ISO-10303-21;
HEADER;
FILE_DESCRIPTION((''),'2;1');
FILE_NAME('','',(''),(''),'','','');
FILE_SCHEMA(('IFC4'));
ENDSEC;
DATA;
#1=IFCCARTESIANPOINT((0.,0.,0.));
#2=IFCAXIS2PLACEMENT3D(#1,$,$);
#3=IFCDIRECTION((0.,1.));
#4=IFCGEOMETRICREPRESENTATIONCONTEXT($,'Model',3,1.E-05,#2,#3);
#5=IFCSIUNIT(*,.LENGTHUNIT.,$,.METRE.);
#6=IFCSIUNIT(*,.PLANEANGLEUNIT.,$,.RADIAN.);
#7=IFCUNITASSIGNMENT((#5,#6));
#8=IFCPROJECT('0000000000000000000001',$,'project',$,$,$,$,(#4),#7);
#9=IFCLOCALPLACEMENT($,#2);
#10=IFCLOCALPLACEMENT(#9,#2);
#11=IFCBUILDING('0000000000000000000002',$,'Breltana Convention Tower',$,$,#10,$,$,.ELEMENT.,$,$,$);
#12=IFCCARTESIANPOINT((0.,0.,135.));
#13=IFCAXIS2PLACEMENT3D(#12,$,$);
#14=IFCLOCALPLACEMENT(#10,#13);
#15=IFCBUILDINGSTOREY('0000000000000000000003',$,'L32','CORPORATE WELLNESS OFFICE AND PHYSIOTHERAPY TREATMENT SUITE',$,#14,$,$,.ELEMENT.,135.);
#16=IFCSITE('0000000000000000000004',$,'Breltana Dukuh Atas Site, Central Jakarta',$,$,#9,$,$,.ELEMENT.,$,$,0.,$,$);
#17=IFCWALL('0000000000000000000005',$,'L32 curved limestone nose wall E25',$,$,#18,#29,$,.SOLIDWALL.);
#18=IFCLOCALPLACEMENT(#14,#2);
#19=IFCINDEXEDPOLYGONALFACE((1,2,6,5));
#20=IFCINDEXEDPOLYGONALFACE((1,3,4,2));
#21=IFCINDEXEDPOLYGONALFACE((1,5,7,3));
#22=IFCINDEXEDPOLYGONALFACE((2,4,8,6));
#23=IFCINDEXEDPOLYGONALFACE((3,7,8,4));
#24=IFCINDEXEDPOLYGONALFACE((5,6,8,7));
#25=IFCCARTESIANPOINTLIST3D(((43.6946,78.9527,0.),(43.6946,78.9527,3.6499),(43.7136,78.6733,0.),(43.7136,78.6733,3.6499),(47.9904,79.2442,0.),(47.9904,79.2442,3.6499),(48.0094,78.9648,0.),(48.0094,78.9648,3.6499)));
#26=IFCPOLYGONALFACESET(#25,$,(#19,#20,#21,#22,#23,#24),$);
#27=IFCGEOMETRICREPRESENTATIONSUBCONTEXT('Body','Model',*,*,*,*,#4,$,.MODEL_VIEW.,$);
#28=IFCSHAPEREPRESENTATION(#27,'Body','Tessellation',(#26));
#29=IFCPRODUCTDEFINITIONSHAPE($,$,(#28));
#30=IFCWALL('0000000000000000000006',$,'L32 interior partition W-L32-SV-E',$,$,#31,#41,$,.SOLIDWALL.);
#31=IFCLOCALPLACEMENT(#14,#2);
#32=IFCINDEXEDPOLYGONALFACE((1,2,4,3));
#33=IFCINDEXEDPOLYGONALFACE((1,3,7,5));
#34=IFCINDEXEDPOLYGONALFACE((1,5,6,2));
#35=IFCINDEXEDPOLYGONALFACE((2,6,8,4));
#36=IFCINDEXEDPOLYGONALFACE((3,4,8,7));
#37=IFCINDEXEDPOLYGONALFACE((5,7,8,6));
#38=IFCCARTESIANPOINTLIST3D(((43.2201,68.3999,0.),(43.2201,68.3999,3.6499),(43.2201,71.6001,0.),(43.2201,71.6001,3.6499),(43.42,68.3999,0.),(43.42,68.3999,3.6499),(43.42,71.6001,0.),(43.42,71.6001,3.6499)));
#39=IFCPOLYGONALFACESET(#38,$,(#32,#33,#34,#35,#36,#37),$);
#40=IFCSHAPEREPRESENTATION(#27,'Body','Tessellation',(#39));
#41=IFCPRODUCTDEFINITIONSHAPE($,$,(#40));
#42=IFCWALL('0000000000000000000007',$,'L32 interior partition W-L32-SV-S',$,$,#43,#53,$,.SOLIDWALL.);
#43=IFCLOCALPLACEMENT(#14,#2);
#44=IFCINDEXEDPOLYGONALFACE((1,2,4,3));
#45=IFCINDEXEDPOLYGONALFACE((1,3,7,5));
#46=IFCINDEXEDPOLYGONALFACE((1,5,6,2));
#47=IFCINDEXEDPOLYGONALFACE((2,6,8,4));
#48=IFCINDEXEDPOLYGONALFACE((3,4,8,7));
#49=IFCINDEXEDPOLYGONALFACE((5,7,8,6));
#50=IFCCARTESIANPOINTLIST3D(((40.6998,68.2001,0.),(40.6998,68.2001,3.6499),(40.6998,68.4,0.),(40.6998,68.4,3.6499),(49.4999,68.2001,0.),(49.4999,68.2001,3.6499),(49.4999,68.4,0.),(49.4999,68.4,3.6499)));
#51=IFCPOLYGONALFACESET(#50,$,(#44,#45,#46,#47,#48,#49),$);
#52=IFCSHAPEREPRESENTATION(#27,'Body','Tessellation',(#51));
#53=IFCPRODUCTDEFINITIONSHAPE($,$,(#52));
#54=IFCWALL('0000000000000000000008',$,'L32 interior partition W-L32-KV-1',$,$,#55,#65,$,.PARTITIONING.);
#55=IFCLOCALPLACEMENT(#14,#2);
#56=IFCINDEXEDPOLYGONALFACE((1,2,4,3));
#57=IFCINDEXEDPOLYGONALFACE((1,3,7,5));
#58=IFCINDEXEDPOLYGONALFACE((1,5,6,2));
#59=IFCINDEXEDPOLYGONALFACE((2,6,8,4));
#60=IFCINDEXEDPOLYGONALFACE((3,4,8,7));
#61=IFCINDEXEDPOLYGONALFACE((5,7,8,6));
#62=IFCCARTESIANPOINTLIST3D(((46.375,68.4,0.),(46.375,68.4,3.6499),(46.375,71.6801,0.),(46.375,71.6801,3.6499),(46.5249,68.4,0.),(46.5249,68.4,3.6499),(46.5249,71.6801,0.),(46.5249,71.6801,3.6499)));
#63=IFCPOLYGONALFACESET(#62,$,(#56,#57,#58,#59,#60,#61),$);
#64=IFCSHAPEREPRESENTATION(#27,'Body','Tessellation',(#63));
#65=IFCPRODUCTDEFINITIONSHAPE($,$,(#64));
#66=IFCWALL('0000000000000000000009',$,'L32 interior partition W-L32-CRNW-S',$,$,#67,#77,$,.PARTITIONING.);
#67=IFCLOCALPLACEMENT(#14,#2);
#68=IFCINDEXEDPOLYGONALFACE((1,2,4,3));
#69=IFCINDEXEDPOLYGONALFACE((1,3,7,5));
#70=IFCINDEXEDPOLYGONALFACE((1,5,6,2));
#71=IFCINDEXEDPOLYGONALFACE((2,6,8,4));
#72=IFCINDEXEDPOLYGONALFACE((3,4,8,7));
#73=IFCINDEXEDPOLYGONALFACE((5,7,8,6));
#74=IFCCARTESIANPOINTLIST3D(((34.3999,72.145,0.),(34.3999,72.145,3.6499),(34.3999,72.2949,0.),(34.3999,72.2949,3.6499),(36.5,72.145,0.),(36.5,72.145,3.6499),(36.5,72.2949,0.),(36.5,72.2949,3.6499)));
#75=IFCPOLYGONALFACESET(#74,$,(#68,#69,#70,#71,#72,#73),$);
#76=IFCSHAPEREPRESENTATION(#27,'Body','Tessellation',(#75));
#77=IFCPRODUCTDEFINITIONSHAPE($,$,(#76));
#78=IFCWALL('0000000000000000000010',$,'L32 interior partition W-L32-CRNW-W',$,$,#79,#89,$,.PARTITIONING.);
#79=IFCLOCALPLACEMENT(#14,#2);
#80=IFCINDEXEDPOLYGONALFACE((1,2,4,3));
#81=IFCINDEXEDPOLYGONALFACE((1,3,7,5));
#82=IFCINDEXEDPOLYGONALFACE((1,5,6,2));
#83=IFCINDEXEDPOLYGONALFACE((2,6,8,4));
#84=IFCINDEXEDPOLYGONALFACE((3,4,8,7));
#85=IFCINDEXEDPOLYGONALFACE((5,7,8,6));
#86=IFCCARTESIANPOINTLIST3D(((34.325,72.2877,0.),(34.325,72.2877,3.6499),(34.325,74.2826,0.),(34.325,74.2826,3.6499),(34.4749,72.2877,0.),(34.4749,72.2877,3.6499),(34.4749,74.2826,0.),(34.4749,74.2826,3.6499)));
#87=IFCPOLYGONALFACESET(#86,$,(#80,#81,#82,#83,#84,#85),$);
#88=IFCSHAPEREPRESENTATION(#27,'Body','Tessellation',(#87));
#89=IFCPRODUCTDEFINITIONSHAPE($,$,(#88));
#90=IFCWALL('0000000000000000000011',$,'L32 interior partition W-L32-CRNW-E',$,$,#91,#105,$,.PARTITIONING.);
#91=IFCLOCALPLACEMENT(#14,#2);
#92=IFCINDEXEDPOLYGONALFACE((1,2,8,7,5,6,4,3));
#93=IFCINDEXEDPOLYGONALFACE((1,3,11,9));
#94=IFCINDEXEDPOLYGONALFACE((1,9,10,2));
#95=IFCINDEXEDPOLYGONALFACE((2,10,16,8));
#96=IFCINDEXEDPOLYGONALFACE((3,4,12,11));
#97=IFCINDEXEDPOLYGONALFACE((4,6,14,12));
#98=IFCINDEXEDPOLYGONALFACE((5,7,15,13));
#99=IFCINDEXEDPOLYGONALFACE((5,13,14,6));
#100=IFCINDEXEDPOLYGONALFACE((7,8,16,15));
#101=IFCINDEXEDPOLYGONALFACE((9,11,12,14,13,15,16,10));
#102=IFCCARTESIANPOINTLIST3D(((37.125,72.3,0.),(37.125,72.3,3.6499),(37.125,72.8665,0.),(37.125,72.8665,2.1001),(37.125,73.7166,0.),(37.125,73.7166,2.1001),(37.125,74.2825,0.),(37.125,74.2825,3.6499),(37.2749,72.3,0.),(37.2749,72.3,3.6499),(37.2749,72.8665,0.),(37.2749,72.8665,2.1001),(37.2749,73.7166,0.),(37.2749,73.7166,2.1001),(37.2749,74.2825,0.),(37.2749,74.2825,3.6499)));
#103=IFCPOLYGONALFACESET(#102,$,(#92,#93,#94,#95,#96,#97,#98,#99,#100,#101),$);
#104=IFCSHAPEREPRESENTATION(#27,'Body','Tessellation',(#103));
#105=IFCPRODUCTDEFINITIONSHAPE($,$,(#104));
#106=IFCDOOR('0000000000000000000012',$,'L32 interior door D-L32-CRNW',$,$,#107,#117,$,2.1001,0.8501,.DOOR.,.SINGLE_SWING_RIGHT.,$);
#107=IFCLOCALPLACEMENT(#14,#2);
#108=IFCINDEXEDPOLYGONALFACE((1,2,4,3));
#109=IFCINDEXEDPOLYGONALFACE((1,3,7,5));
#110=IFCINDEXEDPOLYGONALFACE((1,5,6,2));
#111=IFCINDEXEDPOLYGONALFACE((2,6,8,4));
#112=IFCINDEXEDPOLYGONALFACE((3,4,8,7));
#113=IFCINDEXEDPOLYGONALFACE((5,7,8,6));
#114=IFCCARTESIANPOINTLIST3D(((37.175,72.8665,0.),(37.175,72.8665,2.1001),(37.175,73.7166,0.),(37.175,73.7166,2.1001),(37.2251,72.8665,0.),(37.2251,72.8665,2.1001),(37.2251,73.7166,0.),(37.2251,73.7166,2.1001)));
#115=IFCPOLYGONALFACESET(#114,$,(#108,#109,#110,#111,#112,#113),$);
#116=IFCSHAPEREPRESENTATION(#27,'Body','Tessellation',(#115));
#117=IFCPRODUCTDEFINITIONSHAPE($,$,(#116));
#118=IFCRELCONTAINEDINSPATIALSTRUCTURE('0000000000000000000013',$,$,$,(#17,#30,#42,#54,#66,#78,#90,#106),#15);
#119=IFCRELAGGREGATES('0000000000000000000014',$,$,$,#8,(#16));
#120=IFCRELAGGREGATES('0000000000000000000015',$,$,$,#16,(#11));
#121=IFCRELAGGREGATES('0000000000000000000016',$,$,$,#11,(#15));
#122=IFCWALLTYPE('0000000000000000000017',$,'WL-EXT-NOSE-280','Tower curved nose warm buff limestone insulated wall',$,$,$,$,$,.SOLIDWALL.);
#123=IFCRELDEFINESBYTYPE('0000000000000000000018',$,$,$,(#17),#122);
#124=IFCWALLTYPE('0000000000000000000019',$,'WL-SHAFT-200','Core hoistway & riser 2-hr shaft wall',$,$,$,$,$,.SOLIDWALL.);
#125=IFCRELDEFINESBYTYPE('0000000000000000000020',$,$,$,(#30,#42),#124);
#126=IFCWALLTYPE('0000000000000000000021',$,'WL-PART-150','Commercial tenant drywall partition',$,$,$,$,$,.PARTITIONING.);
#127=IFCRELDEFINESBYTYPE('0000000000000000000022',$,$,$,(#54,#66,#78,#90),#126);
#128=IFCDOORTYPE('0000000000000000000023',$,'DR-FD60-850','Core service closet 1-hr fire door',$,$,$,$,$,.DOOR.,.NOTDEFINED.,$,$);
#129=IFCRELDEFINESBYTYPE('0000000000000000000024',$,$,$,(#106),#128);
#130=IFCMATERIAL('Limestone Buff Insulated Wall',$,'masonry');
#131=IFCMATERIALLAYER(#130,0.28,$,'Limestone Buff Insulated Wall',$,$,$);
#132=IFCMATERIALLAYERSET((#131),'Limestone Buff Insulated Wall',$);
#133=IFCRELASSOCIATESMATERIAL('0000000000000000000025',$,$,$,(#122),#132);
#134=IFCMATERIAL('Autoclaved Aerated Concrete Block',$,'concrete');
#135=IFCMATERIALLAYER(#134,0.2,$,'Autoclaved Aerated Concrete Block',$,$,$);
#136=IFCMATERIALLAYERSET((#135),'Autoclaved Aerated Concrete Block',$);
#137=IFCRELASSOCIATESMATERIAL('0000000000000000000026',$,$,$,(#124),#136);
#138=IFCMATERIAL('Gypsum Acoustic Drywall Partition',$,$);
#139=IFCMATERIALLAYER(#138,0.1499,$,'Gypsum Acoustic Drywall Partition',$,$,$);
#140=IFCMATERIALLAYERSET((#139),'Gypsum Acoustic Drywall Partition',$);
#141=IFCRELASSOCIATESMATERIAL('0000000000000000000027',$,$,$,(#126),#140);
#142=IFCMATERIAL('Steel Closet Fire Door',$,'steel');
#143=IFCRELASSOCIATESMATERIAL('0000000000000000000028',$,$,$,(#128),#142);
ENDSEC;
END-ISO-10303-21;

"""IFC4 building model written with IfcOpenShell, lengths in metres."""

from ifc_helpers import new_model, si_unit, direction, frame, frame_2d, origin, place, context, subcontext, project, spatial, rectangle, extrude, source, transform, mapped, material, layer, layer_set, type_object, type_shapes, element, fill, save


model = new_model("IFC4")

# Units and contexts
model_context = context("Model", 3, precision=1e-05, world=origin(), true_north=direction((0.0, 1.0)))
body_context = subcontext(model_context, "Body", "Model", "MODEL_VIEW")
ifc_project = project(units=[si_unit("LENGTHUNIT", "METRE"), si_unit("PLANEANGLEUNIT", "RADIAN")], contexts=[model_context])

# Site, building, storey
site_placement = place(None, origin())
site = spatial("IfcSite", under=ifc_project, at=site_placement, Name="Breltana Dukuh Atas Site, Central Jakarta", CompositionType="ELEMENT", RefElevation=0.0)
building_placement = place(site_placement, origin())
building = spatial("IfcBuilding", under=site, at=building_placement, Name="Breltana Convention Tower", CompositionType="ELEMENT")
storey_placement = place(building_placement, frame((0.0, 0.0, 135.0)))
storey = spatial("IfcBuildingStorey", under=building, at=storey_placement, Name="L32", Description="CORPORATE WELLNESS OFFICE AND PHYSIOTHERAPY TREATMENT SUITE", CompositionType="ELEMENT", Elevation=135.0)

# Walls
ifc_material_1 = material(Name="Limestone Buff Insulated Wall", Category="masonry")
ifc_layer_1 = layer(ifc_material_1, 0.28, Name="Limestone Buff Insulated Wall")
ifc_layer_set_1 = layer_set([ifc_layer_1], Name="Limestone Buff Insulated Wall")
wall_type_1 = type_object("IfcWallType", Name="WL-EXT-NOSE-280", Description="Tower curved nose warm buff limestone insulated wall", PredefinedType="SOLIDWALL", material=ifc_layer_set_1)
shared_shape_1 = source(origin(), body_context, "Body", "SweptSolid", [
    extrude(rectangle(XDim=4.3057, YDim=0.28, at=frame_2d((2.1528, 0.0))), origin(), (0.0, 0.0, 1.0), 3.6499),
])
wall_1_placement = place(storey_placement, frame((43.7041, 78.813, 0.0), z_axis=(0.0, 0.0, 1.0), x_axis=(0.997706, 0.067701, 0.0)))
element("IfcWall", 1, at=wall_1_placement, inside=storey, type_object=wall_type_1, Name="L32 curved limestone nose wall E25", PredefinedType="SOLIDWALL", context=body_context, shape_type="MappedRepresentation", body=[
    mapped(shared_shape_1, transform((0.0, 0.0, 0.0), scale=1.0)),
])
ifc_material_2 = material(Name="Autoclaved Aerated Concrete Block", Category="concrete")
ifc_layer_2 = layer(ifc_material_2, 0.2, Name="Autoclaved Aerated Concrete Block")
ifc_layer_set_2 = layer_set([ifc_layer_2], Name="Autoclaved Aerated Concrete Block")
wall_type_2 = type_object("IfcWallType", Name="WL-SHAFT-200", Description="Core hoistway & riser 2-hr shaft wall", PredefinedType="SOLIDWALL", material=ifc_layer_set_2)
shared_shape_2 = source(origin(), body_context, "Body", "SweptSolid", [
    extrude(rectangle(XDim=3.2002, YDim=0.2, at=frame_2d((1.6001, 0.0))), origin(), (0.0, 0.0, 1.0), 3.6499),
])
wall_2_placement = place(storey_placement, frame((43.3201, 68.3999, 0.0), z_axis=(0.0, 0.0, 1.0), x_axis=(0.0, 1.0, 0.0)))
element("IfcWall", 2, at=wall_2_placement, inside=storey, type_object=wall_type_2, Name="L32 interior partition W-L32-SV-E", PredefinedType="SOLIDWALL", context=body_context, shape_type="MappedRepresentation", body=[
    mapped(shared_shape_2, transform((0.0, 0.0, 0.0), scale=1.0)),
])
shared_shape_3 = source(origin(), body_context, "Body", "SweptSolid", [
    extrude(rectangle(XDim=8.8, YDim=0.2, at=frame_2d((4.3999, 0.0))), origin(), (0.0, 0.0, 1.0), 3.6499),
])
wall_3_placement = place(storey_placement, frame((40.7, 68.3, 0.0), z_axis=(0.0, 0.0, 1.0), x_axis=(1.0, 0.0, 0.0)))
element("IfcWall", 3, at=wall_3_placement, inside=storey, type_object=wall_type_2, Name="L32 interior partition W-L32-SV-S", PredefinedType="SOLIDWALL", context=body_context, shape_type="MappedRepresentation", body=[
    mapped(shared_shape_3, transform((0.0, 0.0, 0.0), scale=1.0)),
])
ifc_material_3 = material(Name="Gypsum Acoustic Drywall Partition")
ifc_layer_3 = layer(ifc_material_3, 0.1499, Name="Gypsum Acoustic Drywall Partition")
ifc_layer_set_3 = layer_set([ifc_layer_3], Name="Gypsum Acoustic Drywall Partition")
wall_type_3 = type_object("IfcWallType", Name="WL-PART-150", Description="Commercial tenant drywall partition", PredefinedType="PARTITIONING", material=ifc_layer_set_3)
shared_shape_4 = source(origin(), body_context, "Body", "SweptSolid", [
    extrude(rectangle(XDim=3.28, YDim=0.1499, at=frame_2d((1.6401, 0.0))), origin(), (0.0, 0.0, 1.0), 3.6499),
])
wall_4_placement = place(storey_placement, frame((46.45, 68.3999, 0.0), z_axis=(0.0, 0.0, 1.0), x_axis=(0.0, 1.0, 0.0)))
element("IfcWall", 4, at=wall_4_placement, inside=storey, type_object=wall_type_3, Name="L32 interior partition W-L32-KV-1", PredefinedType="PARTITIONING", context=body_context, shape_type="MappedRepresentation", body=[
    mapped(shared_shape_4, transform((0.0, 0.0, 0.0), scale=1.0)),
])
shared_shape_5 = source(origin(), body_context, "Body", "SweptSolid", [
    extrude(rectangle(XDim=2.1001, YDim=0.1499, at=frame_2d((1.05, 0.0))), origin(), (0.0, 0.0, 1.0), 3.6499),
])
wall_5_placement = place(storey_placement, frame((34.3999, 72.22, 0.0), z_axis=(0.0, 0.0, 1.0), x_axis=(1.0, 0.0, 0.0)))
element("IfcWall", 5, at=wall_5_placement, inside=storey, type_object=wall_type_3, Name="L32 interior partition W-L32-CRNW-S", PredefinedType="PARTITIONING", context=body_context, shape_type="MappedRepresentation", body=[
    mapped(shared_shape_5, transform((0.0, 0.0, 0.0), scale=1.0)),
])

# Wall
shared_shape_6 = source(origin(), body_context, "Body", "SweptSolid", [
    extrude(rectangle(XDim=1.9949, YDim=0.1499, at=frame_2d((0.9976, 0.0))), origin(), (0.0, 0.0, 1.0), 3.6499),
])
wall_6_placement = place(storey_placement, frame((34.3999, 72.2876, 0.0), z_axis=(0.0, 0.0, 1.0), x_axis=(0.0, 1.0, 0.0)))
element("IfcWall", 6, at=wall_6_placement, inside=storey, type_object=wall_type_3, Name="L32 interior partition W-L32-CRNW-W", PredefinedType="PARTITIONING", context=body_context, shape_type="MappedRepresentation", body=[
    mapped(shared_shape_6, transform((0.0, 0.0, 0.0), scale=1.0)),
])

# Wall, opening, door
shared_shape_7 = source(origin(), body_context, "Body", "SweptSolid", [
    extrude(rectangle(XDim=1.9824, YDim=0.1499, at=frame_2d((0.9912, 0.0))), origin(), (0.0, 0.0, 1.0), 3.6499),
])
wall_7_placement = place(storey_placement, frame((37.2, 72.3, 0.0), z_axis=(0.0, 0.0, 1.0), x_axis=(0.0, 1.0, 0.0)))
wall_7 = element("IfcWall", 7, at=wall_7_placement, inside=storey, type_object=wall_type_3, Name="L32 interior partition W-L32-CRNW-E", PredefinedType="PARTITIONING", context=body_context, shape_type="MappedRepresentation", body=[
    mapped(shared_shape_7, transform((0.0, 0.0, 0.0), scale=1.0)),
])
opening_1_placement = place(wall_7_placement, frame((0.5664, 0.0, 0.0)))
opening_1 = element("IfcOpeningElement", 8, at=opening_1_placement, cuts=wall_7, PredefinedType="OPENING", context=body_context, shape_type="SweptSolid", body=[
    extrude(rectangle(XDim=0.8501, YDim=2.1001, at=frame_2d((0.425, 1.05))), frame((0.0, 0.085, 0.0), z_axis=(0.0, -1.0, 0.0), x_axis=(1.0, 0.0, 0.0)), (0.0, 0.0, 1.0), 0.1699),
])
ifc_material_4 = material(Name="Steel Closet Fire Door", Category="steel")
door_type_1 = type_object("IfcDoorType", Name="DR-FD60-850", Description="Core service closet 1-hr fire door", OperationType="NOTDEFINED", PredefinedType="DOOR", material=ifc_material_4)
shared_shape_8 = source(origin(), body_context, "Body", "SweptSolid", [
    extrude(rectangle(XDim=0.8501, YDim=2.1001, at=frame_2d((0.425, 1.05))), frame((0.0, 0.0249, 0.0), z_axis=(0.0, -1.0, 0.0), x_axis=(1.0, 0.0, 0.0)), (0.0, 0.0, 1.0), 0.05),
])
type_shapes(door_type_1, [shared_shape_8])
door_1_placement = place(opening_1_placement, origin())
door_1 = element("IfcDoor", 9, at=door_1_placement, inside=storey, type_object=door_type_1, Name="L32 interior door D-L32-CRNW", OperationType="SINGLE_SWING_RIGHT", OverallHeight=2.1001, OverallWidth=0.8501, PredefinedType="DOOR", context=body_context, shape_type="MappedRepresentation", body=[
    mapped(shared_shape_8, transform((0.0, 0.0, 0.0), scale=1.0)),
])
fill(opening_1, door_1)

save(model, "model.ifc")
